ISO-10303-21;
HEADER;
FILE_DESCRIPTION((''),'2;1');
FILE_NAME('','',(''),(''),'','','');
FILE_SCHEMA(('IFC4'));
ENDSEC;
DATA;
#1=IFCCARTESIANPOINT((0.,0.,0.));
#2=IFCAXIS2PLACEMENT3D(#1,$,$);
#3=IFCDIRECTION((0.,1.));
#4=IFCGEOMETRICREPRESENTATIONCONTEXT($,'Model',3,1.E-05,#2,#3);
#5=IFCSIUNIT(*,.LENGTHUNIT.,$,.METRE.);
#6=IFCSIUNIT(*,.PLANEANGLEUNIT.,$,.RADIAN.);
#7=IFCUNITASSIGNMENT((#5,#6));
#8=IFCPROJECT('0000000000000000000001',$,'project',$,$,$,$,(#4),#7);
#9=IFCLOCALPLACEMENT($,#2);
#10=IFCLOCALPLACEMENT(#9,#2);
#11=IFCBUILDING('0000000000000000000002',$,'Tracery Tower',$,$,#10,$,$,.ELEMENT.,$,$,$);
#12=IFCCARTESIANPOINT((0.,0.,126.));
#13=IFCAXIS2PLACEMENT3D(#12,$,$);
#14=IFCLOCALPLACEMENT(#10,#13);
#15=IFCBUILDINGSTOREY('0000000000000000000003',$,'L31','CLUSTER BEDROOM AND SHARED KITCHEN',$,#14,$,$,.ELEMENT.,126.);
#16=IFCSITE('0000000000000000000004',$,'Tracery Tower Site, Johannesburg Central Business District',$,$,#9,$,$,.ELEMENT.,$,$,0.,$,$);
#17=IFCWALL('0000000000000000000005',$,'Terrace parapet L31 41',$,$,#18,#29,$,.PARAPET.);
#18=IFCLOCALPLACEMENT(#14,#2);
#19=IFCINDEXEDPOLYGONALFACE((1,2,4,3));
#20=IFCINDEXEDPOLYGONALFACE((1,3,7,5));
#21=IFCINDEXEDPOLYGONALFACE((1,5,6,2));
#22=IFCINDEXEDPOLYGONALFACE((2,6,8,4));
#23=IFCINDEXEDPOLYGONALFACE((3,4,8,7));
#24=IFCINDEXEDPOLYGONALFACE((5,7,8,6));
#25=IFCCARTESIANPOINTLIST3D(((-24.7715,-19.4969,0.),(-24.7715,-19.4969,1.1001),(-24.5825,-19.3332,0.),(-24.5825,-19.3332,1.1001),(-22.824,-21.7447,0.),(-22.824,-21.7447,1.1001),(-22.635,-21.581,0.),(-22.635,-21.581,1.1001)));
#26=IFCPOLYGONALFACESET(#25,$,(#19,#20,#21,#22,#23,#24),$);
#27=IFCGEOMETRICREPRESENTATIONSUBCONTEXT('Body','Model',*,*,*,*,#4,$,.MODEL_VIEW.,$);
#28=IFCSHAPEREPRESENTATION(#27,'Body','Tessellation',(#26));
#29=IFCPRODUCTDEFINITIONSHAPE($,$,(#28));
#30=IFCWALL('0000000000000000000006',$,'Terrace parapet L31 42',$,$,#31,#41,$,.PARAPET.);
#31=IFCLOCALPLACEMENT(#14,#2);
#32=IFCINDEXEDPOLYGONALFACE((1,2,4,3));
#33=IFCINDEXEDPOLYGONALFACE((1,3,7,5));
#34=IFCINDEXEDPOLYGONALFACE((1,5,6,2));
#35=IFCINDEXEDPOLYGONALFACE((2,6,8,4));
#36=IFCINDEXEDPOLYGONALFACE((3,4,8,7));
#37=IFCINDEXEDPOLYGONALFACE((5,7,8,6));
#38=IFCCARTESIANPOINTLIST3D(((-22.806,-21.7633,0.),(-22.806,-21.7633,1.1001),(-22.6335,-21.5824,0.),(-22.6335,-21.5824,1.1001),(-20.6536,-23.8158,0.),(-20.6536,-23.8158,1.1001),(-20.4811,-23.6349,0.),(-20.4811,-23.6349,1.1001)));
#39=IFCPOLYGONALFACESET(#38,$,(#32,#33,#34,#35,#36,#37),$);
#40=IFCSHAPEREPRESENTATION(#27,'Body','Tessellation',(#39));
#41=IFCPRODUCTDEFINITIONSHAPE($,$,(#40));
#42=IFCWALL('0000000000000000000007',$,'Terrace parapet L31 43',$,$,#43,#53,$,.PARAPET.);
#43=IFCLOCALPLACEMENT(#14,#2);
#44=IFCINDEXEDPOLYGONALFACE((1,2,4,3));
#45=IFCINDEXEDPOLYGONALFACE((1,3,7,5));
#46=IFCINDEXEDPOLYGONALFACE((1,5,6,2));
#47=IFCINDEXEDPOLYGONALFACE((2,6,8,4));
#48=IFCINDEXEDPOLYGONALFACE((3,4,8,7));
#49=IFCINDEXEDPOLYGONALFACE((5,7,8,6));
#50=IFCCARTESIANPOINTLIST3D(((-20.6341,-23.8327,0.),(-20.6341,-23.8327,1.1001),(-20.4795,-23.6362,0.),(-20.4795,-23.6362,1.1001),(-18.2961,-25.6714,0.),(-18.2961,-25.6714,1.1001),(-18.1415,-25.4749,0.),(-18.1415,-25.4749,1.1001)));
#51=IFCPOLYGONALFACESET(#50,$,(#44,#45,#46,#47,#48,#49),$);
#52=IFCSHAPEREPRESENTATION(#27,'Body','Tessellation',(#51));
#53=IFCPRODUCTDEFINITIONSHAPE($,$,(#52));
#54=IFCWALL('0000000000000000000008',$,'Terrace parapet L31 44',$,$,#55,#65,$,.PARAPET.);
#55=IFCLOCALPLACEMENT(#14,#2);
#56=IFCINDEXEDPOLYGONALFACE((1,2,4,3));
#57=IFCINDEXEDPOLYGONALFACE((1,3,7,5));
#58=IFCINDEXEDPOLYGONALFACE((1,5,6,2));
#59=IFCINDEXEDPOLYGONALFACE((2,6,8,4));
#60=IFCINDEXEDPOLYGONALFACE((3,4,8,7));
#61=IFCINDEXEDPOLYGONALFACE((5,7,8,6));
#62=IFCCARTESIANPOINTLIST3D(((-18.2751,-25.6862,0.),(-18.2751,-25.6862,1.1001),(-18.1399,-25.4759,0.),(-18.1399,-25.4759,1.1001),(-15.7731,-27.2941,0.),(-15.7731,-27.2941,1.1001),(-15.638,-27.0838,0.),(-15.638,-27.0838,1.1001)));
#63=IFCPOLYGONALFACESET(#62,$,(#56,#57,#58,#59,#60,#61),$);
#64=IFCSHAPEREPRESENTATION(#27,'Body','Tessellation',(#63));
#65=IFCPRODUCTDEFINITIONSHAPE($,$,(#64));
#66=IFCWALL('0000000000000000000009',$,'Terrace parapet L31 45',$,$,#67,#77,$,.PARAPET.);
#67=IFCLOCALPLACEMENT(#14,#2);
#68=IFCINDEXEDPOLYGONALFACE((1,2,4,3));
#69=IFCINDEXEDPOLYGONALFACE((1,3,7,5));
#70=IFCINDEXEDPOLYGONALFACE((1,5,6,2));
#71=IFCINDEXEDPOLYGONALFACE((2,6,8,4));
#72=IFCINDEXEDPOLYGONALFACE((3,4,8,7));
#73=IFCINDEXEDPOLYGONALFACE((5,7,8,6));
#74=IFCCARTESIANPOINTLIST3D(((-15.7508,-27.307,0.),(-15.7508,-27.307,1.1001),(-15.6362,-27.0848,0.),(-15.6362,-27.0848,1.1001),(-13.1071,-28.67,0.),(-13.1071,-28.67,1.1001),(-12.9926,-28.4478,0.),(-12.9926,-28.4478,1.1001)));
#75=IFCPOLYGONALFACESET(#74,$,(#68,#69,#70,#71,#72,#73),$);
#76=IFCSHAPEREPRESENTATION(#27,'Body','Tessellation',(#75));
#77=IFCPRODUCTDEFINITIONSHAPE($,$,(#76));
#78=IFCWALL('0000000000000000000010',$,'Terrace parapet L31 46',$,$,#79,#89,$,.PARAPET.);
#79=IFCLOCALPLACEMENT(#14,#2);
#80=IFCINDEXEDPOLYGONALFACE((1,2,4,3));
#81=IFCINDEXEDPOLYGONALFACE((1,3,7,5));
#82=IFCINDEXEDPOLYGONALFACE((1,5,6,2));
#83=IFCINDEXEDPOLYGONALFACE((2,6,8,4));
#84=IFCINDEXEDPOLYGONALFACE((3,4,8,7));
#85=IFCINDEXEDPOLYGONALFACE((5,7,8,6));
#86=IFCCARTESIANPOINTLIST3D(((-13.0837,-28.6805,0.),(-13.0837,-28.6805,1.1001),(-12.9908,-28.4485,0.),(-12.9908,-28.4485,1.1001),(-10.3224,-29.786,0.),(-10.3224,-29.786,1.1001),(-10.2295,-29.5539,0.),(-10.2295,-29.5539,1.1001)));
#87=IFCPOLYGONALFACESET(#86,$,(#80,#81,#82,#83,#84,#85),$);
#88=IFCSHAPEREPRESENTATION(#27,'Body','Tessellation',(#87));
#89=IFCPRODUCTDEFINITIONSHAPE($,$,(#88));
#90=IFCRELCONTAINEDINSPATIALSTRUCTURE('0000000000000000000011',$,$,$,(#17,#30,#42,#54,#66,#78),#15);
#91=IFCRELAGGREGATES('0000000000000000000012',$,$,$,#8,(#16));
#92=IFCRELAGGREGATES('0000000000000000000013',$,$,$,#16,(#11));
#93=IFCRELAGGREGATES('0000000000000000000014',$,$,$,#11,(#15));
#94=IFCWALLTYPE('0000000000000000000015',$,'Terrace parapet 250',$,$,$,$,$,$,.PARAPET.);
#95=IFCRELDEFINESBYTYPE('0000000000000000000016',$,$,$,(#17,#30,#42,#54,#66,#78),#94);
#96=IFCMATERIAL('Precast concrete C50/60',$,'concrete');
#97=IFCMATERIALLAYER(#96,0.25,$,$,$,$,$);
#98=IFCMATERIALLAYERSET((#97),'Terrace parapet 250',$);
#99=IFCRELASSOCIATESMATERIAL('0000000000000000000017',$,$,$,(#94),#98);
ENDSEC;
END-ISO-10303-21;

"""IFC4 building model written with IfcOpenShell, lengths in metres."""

from ifc_helpers import new_model, si_unit, direction, frame, frame_2d, origin, place, context, subcontext, project, spatial, rectangle, extrude, material, layer, layer_set, type_object, element, save


model = new_model("IFC4")

# Units and contexts
model_context = context("Model", 3, precision=1e-05, world=origin(), true_north=direction((0.0, 1.0)))
body_context = subcontext(model_context, "Body", "Model", "MODEL_VIEW")
ifc_project = project(units=[si_unit("LENGTHUNIT", "METRE"), si_unit("PLANEANGLEUNIT", "RADIAN")], contexts=[model_context])

# Site, building, storey
site_placement = place(None, origin())
site = spatial("IfcSite", under=ifc_project, at=site_placement, Name="Tracery Tower Site, Johannesburg Central Business District", CompositionType="ELEMENT", RefElevation=0.0)
building_placement = place(site_placement, origin())
building = spatial("IfcBuilding", under=site, at=building_placement, Name="Tracery Tower", CompositionType="ELEMENT")
storey_placement = place(building_placement, frame((0.0, 0.0, 126.0)))
storey = spatial("IfcBuildingStorey", under=building, at=storey_placement, Name="L31", Description="CLUSTER BEDROOM AND SHARED KITCHEN", CompositionType="ELEMENT", Elevation=126.0)

# Walls
ifc_material_1 = material(Name="Precast concrete C50/60", Category="concrete")
ifc_layer_1 = layer(ifc_material_1, 0.25)
ifc_layer_set_1 = layer_set([ifc_layer_1], Name="Terrace parapet 250")
wall_type_1 = type_object("IfcWallType", Name="Terrace parapet 250", PredefinedType="PARAPET", material=ifc_layer_set_1)
for number, where, z_axis, x_axis, name in (
    (1, (-24.677, -19.415, 0.0), (0.0, 0.0, 1.0), (0.654818, -0.755787, 0.0), "Terrace parapet L31 41"),
    (2, (-22.7197, -21.6729, 0.0), (0.0, 0.0, 1.0), (0.723695, -0.69012, 0.0), "Terrace parapet L31 42"),
):
    element("IfcWall", number, at=place(storey_placement, frame(where, z_axis=z_axis, x_axis=x_axis)), inside=storey, type_object=wall_type_1, Name=name, PredefinedType="PARAPET", context=body_context, shape_type="SweptSolid", body=[
        extrude(rectangle(XDim=2.9741, YDim=0.25, at=frame_2d((1.4871, 0.0))), origin(), (0.0, 0.0, 1.0), 1.1001),
    ])
wall_1_placement = place(storey_placement, frame((-20.5569, -23.7344, 0.0), z_axis=(0.0, 0.0, 1.0), x_axis=(0.786039, -0.618177, 0.0)))
element("IfcWall", 3, at=wall_1_placement, inside=storey, type_object=wall_type_1, Name="Terrace parapet L31 43", PredefinedType="PARAPET", context=body_context, shape_type="SweptSolid", body=[
    extrude(rectangle(XDim=2.9744, YDim=0.25, at=frame_2d((1.4873, 0.0))), origin(), (0.0, 0.0, 1.0), 1.1001),
])
wall_2_placement = place(storey_placement, frame((-18.2075, -25.5811, 0.0), z_axis=(0.0, 0.0, 1.0), x_axis=(0.841253, -0.540641, 0.0)))
element("IfcWall", 4, at=wall_2_placement, inside=storey, type_object=wall_type_1, Name="Terrace parapet L31 44", PredefinedType="PARAPET", context=body_context, shape_type="SweptSolid", body=[
    extrude(rectangle(XDim=2.9741, YDim=0.25, at=frame_2d((1.4871, 0.0))), origin(), (0.0, 0.0, 1.0), 1.1001),
])
for number, where, z_axis, x_axis, name in (
    (5, (-15.6936, -27.1958, 0.0), (0.0, 0.0, 1.0), (0.888809, -0.458277, 0.0), "Terrace parapet L31 45"),
    (6, (-13.0374, -28.5645, 0.0), (0.0, 0.0, 1.0), (0.928363, -0.371674, 0.0), "Terrace parapet L31 46"),
):
    element("IfcWall", number, at=place(storey_placement, frame(where, z_axis=z_axis, x_axis=x_axis)), inside=storey, type_object=wall_type_1, Name=name, PredefinedType="PARAPET", context=body_context, shape_type="SweptSolid", body=[
        extrude(rectangle(XDim=2.9744, YDim=0.25, at=frame_2d((1.4873, 0.0))), origin(), (0.0, 0.0, 1.0), 1.1001),
    ])

save(model, "model.ifc")
